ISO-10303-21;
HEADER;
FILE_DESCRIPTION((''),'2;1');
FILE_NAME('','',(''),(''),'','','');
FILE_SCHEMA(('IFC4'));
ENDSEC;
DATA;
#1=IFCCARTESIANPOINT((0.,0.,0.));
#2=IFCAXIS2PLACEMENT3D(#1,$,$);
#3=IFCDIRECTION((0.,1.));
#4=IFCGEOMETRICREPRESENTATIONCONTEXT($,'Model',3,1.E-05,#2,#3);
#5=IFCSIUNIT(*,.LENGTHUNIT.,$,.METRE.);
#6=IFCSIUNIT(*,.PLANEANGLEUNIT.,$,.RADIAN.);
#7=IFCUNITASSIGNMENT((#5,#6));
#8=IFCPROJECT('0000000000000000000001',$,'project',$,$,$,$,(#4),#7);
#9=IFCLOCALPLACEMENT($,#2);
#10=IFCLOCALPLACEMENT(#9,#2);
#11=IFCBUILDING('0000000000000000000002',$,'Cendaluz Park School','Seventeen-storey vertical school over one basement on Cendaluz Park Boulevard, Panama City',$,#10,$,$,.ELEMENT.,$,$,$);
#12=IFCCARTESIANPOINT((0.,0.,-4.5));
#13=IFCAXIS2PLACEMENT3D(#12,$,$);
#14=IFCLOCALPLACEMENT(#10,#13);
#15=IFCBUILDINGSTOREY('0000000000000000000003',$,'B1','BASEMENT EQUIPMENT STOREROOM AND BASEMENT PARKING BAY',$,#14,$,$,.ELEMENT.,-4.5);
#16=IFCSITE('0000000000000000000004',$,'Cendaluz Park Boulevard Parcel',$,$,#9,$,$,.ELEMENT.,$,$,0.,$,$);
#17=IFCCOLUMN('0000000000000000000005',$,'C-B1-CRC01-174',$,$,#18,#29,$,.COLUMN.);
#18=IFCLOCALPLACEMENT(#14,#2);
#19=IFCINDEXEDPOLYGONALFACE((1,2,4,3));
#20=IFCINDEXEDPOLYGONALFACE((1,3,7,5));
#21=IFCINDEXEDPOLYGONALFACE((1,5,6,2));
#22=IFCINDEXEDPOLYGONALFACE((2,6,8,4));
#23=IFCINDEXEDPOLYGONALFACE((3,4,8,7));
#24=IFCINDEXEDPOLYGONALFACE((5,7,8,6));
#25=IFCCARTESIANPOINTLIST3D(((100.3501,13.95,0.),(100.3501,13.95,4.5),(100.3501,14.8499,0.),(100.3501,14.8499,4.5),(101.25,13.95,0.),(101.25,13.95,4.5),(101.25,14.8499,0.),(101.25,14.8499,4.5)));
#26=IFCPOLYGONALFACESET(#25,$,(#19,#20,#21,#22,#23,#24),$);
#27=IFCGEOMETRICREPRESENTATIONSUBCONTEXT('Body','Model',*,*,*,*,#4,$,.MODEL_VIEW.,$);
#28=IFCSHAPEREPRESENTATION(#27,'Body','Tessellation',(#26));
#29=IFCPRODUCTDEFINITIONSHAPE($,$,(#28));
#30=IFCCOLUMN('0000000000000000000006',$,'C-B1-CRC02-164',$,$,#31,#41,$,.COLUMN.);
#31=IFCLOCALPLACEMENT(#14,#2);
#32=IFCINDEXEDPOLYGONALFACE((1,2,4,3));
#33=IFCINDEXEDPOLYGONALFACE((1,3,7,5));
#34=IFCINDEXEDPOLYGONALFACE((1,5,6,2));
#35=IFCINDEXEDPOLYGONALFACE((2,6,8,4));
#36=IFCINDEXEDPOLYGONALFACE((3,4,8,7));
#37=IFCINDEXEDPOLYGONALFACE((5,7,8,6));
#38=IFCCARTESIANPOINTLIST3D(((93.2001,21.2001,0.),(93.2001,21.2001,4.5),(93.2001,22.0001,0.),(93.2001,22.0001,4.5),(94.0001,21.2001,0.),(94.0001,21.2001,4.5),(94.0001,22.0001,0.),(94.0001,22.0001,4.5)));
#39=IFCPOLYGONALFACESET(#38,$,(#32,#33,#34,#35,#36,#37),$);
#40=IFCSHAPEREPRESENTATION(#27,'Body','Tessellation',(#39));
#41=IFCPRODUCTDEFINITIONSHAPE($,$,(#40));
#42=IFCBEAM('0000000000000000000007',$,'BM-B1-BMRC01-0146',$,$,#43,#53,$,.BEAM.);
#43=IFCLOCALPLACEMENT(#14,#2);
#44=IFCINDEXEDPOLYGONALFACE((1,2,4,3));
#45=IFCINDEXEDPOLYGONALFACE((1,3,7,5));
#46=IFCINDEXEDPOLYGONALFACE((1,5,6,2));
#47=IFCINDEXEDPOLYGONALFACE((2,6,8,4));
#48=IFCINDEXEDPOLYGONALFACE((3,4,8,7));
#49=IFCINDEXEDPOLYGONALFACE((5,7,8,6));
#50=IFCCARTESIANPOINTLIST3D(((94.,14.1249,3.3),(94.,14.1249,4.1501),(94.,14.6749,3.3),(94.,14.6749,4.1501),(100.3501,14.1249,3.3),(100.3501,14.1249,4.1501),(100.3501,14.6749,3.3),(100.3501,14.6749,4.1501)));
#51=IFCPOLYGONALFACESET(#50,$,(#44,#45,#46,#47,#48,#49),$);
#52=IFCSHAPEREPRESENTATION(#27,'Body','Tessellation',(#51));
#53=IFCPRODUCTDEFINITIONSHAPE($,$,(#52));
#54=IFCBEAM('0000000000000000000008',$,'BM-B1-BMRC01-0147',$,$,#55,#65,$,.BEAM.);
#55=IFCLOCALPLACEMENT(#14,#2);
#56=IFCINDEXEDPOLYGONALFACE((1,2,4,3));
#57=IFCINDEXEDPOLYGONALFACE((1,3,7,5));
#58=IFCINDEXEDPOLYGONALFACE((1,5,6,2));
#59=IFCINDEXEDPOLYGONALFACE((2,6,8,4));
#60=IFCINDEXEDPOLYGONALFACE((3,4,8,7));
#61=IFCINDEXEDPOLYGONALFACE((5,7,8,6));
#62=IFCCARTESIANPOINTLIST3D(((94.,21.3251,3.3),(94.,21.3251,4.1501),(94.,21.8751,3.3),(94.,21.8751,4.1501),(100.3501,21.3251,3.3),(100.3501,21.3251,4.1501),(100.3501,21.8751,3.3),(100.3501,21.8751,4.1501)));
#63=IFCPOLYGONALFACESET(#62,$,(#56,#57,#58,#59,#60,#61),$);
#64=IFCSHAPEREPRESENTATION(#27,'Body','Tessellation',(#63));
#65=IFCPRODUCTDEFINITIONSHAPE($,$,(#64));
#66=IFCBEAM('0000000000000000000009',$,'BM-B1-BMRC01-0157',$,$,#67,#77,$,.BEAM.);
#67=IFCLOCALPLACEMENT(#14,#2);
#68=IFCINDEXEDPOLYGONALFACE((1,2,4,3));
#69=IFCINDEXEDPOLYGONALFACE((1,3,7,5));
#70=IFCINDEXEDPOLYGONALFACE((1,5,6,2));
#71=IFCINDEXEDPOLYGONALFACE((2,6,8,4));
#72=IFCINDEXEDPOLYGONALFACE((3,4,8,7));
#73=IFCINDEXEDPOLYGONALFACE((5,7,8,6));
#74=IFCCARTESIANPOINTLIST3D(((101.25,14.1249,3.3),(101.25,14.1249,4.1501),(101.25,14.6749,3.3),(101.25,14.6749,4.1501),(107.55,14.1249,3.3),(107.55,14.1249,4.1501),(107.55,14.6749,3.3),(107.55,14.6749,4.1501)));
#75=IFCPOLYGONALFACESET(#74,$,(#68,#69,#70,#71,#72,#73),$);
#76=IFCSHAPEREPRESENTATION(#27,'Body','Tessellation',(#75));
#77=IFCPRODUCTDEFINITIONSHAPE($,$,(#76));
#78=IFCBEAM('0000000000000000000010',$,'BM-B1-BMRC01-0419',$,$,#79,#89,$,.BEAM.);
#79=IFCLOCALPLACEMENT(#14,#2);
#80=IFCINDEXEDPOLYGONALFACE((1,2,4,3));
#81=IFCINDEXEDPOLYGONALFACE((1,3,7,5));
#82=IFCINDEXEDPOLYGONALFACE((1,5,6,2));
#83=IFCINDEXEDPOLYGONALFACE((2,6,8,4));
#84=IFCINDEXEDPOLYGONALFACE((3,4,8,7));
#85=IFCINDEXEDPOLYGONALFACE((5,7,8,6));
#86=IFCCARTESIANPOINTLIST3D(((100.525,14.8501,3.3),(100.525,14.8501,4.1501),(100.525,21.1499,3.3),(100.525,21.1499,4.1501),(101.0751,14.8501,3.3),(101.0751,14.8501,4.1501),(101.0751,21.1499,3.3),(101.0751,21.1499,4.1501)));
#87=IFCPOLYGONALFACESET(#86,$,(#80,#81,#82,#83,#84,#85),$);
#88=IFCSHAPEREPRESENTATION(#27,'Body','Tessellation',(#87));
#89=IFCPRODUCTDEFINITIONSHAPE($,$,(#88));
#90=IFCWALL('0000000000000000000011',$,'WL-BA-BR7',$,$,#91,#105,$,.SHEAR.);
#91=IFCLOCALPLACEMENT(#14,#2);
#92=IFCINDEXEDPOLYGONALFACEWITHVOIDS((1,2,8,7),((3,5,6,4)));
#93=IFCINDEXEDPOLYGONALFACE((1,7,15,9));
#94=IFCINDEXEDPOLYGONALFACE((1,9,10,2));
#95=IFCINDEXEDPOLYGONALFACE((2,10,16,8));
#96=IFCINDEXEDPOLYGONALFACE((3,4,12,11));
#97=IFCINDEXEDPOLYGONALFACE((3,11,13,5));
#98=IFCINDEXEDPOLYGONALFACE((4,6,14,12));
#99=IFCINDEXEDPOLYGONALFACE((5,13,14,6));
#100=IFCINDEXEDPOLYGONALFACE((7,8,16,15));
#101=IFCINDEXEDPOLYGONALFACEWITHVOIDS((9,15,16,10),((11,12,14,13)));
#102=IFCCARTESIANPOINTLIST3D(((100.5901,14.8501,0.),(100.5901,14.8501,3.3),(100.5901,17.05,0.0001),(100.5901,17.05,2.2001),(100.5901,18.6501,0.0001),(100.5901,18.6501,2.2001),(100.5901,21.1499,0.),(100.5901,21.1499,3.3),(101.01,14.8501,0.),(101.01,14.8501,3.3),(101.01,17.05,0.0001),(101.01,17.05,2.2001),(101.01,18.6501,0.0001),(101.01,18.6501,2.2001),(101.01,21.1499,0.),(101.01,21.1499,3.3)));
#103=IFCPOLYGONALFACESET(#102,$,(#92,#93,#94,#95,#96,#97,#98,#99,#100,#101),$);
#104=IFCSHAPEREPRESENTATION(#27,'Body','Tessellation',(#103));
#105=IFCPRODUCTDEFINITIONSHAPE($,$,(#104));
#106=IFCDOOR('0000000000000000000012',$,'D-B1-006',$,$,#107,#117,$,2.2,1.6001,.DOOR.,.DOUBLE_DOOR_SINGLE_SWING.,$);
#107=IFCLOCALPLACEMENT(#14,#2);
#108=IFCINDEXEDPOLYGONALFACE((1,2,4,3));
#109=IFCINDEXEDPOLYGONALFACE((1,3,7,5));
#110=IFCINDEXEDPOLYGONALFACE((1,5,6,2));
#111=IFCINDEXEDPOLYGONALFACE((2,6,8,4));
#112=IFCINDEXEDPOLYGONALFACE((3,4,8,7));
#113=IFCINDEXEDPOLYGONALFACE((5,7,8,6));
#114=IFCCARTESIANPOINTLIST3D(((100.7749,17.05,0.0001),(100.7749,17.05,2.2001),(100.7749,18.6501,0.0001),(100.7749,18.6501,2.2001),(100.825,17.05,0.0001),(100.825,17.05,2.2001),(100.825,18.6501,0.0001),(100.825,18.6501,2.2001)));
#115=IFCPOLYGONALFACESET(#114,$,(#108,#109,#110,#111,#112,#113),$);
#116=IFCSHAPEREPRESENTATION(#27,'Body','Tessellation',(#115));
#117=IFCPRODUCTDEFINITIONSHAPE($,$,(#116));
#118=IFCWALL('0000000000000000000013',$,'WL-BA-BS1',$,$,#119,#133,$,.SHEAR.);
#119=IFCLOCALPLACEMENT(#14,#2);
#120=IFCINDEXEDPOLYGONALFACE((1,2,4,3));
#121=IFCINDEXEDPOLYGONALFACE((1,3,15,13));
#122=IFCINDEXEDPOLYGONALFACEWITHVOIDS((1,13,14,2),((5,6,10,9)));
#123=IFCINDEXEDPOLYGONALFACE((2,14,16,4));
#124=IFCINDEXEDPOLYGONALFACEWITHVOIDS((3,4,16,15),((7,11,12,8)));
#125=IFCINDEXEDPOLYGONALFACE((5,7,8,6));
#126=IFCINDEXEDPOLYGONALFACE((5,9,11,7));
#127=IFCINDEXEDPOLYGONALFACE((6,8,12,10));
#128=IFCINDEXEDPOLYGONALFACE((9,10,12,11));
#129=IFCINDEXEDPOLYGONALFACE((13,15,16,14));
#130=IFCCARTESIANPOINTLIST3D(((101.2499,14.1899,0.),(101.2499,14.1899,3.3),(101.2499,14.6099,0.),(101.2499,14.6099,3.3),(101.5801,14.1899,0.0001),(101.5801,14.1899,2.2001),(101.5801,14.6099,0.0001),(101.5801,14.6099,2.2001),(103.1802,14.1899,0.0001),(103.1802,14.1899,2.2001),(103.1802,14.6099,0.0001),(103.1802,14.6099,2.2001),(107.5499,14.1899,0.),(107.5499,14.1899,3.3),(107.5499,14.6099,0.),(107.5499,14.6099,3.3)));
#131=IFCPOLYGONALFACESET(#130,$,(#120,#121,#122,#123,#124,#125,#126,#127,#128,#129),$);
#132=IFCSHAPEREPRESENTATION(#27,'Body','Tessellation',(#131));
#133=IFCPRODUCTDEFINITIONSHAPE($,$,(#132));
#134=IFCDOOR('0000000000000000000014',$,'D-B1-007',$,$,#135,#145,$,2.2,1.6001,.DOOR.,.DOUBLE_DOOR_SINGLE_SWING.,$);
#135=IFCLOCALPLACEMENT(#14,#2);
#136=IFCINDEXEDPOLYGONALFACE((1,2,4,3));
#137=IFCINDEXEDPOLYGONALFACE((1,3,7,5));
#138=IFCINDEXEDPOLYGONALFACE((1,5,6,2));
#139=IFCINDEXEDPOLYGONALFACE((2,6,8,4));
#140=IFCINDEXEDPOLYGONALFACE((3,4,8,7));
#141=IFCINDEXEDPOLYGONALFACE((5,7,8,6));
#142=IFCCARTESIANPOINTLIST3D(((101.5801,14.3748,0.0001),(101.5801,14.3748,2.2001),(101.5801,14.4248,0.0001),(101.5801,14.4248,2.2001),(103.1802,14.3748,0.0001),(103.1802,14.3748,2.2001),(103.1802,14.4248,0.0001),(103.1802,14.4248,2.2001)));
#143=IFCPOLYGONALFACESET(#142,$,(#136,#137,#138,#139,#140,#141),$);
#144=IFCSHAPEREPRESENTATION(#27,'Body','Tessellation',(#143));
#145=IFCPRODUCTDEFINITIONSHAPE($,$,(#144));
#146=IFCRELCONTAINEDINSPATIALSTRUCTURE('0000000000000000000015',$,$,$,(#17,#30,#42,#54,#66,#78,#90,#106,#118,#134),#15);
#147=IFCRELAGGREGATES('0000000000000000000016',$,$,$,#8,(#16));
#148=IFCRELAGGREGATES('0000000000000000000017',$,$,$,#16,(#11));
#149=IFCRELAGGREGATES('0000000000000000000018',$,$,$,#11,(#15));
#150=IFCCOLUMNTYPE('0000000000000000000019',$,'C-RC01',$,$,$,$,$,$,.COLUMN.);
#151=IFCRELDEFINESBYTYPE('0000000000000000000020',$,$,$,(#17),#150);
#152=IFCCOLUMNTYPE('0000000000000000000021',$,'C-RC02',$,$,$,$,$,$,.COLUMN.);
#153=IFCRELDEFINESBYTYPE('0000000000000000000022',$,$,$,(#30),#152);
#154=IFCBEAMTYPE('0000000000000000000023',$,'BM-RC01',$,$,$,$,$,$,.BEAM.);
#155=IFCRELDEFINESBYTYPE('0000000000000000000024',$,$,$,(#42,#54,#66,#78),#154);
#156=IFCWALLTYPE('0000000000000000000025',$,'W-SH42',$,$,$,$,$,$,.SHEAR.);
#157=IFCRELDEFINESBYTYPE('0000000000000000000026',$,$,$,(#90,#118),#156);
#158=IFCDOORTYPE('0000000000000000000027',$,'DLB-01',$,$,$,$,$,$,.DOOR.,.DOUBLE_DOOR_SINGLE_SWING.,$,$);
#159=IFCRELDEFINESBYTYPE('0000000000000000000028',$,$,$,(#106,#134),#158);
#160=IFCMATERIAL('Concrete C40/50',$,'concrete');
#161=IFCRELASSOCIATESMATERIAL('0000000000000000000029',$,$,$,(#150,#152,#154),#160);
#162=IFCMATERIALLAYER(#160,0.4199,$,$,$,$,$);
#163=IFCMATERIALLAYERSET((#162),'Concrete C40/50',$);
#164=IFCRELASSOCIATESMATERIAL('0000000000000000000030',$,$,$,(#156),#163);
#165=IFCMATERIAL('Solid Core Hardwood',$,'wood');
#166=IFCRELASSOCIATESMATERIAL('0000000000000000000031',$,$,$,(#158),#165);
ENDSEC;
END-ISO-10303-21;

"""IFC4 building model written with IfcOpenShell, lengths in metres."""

from ifc_helpers import new_model, si_unit, direction, frame, frame_2d, origin, origin_2d, place, context, subcontext, project, spatial, rectangle, extrude, material, layer, layer_set, material_profile, profile_set, type_object, element, fill, save


model = new_model("IFC4")

# Units and contexts
model_context = context("Model", 3, precision=1e-05, world=origin(), true_north=direction((0.0, 1.0)))
body_context = subcontext(model_context, "Body", "Model", "MODEL_VIEW")
ifc_project = project(units=[si_unit("LENGTHUNIT", "METRE"), si_unit("PLANEANGLEUNIT", "RADIAN")], contexts=[model_context])

# Site, building, storey
site_placement = place(None, origin())
site = spatial("IfcSite", under=ifc_project, at=site_placement, Name="Cendaluz Park Boulevard Parcel", CompositionType="ELEMENT", RefElevation=0.0)
building_placement = place(site_placement, origin())
building = spatial("IfcBuilding", under=site, at=building_placement, Name="Cendaluz Park School", Description="Seventeen-storey vertical school over one basement on Cendaluz Park Boulevard, Panama City", CompositionType="ELEMENT")
storey_placement = place(building_placement, frame((0.0, 0.0, -4.5)))
storey = spatial("IfcBuildingStorey", under=building, at=storey_placement, Name="B1", Description="BASEMENT EQUIPMENT STOREROOM AND BASEMENT PARKING BAY", CompositionType="ELEMENT", Elevation=-4.5)

# Shared definitions
ifc_material_1 = material(Name="Concrete C40/50", Category="concrete")

# Columns
ifc_material_profile_1 = material_profile(ifc_material_1, rectangle(XDim=0.8999, YDim=0.8999, at=origin_2d()), Name="RC 900x900", Category="concrete")
ifc_profile_set_1 = profile_set([ifc_material_profile_1], Name="Concrete C40/50")
column_type_1 = type_object("IfcColumnType", Name="C-RC01", PredefinedType="COLUMN", material=ifc_profile_set_1)
column_1_placement = place(storey_placement, frame((100.8, 14.3999, 0.0), z_axis=(0.0, 0.0, 1.0), x_axis=(1.0, 0.0, 0.0)))
element("IfcColumn", 1, at=column_1_placement, inside=storey, type_object=column_type_1, Name="C-B1-CRC01-174", PredefinedType="COLUMN", context=body_context, shape_type="SweptSolid", body=[
    extrude(rectangle(XDim=0.8999, YDim=0.8999, at=origin_2d()), origin(), (0.0, 0.0, 1.0), 4.5),
])
ifc_material_profile_2 = material_profile(ifc_material_1, rectangle(XDim=0.8, YDim=0.8, at=origin_2d()), Name="RC 800x800", Category="concrete")
ifc_profile_set_2 = profile_set([ifc_material_profile_2], Name="Concrete C40/50")
column_type_2 = type_object("IfcColumnType", Name="C-RC02", PredefinedType="COLUMN", material=ifc_profile_set_2)
column_2_placement = place(storey_placement, frame((93.6001, 21.6001, 0.0), z_axis=(0.0, 0.0, 1.0), x_axis=(1.0, 0.0, 0.0)))
element("IfcColumn", 2, at=column_2_placement, inside=storey, type_object=column_type_2, Name="C-B1-CRC02-164", PredefinedType="COLUMN", context=body_context, shape_type="SweptSolid", body=[
    extrude(rectangle(XDim=0.8, YDim=0.8, at=origin_2d()), origin(), (0.0, 0.0, 1.0), 4.5),
])

# Beams
ifc_material_profile_3 = material_profile(ifc_material_1, rectangle(XDim=0.55, YDim=0.8501, at=origin_2d()), Name="RC 550x850", Category="concrete")
ifc_profile_set_3 = profile_set([ifc_material_profile_3], Name="Concrete C40/50")
beam_type = type_object("IfcBeamType", Name="BM-RC01", PredefinedType="BEAM", material=ifc_profile_set_3)
for number, where, z_axis, x_axis, name in (
    (3, (94.0, 14.3999, 3.7251), (1.0, 0.0, 0.0), (0.0, 1.0, 0.0), "BM-B1-BMRC01-0146"),
    (4, (94.0, 21.6001, 3.7251), (1.0, 0.0, 0.0), (0.0, 1.0, 0.0), "BM-B1-BMRC01-0147"),
):
    element("IfcBeam", number, at=place(storey_placement, frame(where, z_axis=z_axis, x_axis=x_axis)), inside=storey, type_object=beam_type, Name=name, PredefinedType="BEAM", context=body_context, shape_type="SweptSolid", body=[
        extrude(rectangle(XDim=0.55, YDim=0.8501, at=origin_2d()), origin(), (0.0, 0.0, 1.0), 6.3501),
    ])
beam_1_placement = place(storey_placement, frame((101.25, 14.3999, 3.7251), z_axis=(1.0, 0.0, 0.0), x_axis=(0.0, 1.0, 0.0)))
element("IfcBeam", 5, at=beam_1_placement, inside=storey, type_object=beam_type, Name="BM-B1-BMRC01-0157", PredefinedType="BEAM", context=body_context, shape_type="SweptSolid", body=[
    extrude(rectangle(XDim=0.55, YDim=0.8501, at=origin_2d()), origin(), (0.0, 0.0, 1.0), 6.3),
])
beam_2_placement = place(storey_placement, frame((100.8, 14.8501, 3.7251), z_axis=(0.0, 1.0, 0.0), x_axis=(-1.0, 0.0, 0.0)))
element("IfcBeam", 6, at=beam_2_placement, inside=storey, type_object=beam_type, Name="BM-B1-BMRC01-0419", PredefinedType="BEAM", context=body_context, shape_type="SweptSolid", body=[
    extrude(rectangle(XDim=0.55, YDim=0.8501, at=origin_2d()), origin(), (0.0, 0.0, 1.0), 6.2998),
])

# Walls, openings, doors
ifc_layer = layer(ifc_material_1, 0.4199)
ifc_layer_set = layer_set([ifc_layer], Name="Concrete C40/50")
wall_type = type_object("IfcWallType", Name="W-SH42", PredefinedType="SHEAR", material=ifc_layer_set)
wall_1_placement = place(storey_placement, frame((100.8, 14.8501, 0.0), z_axis=(0.0, 0.0, 1.0), x_axis=(0.0, 1.0, 0.0)))
wall_1 = element("IfcWall", 7, at=wall_1_placement, inside=storey, type_object=wall_type, Name="WL-BA-BR7", PredefinedType="SHEAR", context=body_context, shape_type="SweptSolid", body=[
    extrude(rectangle(XDim=6.2998, YDim=0.4199, at=frame_2d((3.1499, 0.0))), origin(), (0.0, 0.0, 1.0), 3.3),
])
opening_1_placement = place(wall_1_placement, frame((2.2, 0.0, 0.0)))
opening_1 = element("IfcOpeningElement", 8, at=opening_1_placement, cuts=wall_1, PredefinedType="OPENING", context=body_context, shape_type="SweptSolid", body=[
    extrude(rectangle(XDim=1.6001, YDim=2.2, at=frame_2d((0.8, 1.1001))), frame((0.0, 0.2219, 0.0), z_axis=(0.0, -1.0, 0.0), x_axis=(1.0, 0.0, 0.0)), (0.0, 0.0, 1.0), 0.4438),
])
ifc_material_2 = material(Name="Solid Core Hardwood", Category="wood")
door_type = type_object("IfcDoorType", Name="DLB-01", OperationType="DOUBLE_DOOR_SINGLE_SWING", PredefinedType="DOOR", material=ifc_material_2)
door_1_placement = place(opening_1_placement, frame((1.6001, 0.0, 0.0), z_axis=(0.0, 0.0, 1.0), x_axis=(-1.0, 0.0, 0.0)))
door_1 = element("IfcDoor", 9, at=door_1_placement, inside=storey, type_object=door_type, Name="D-B1-006", OperationType="DOUBLE_DOOR_SINGLE_SWING", OverallHeight=2.2, OverallWidth=1.6001, PredefinedType="DOOR", context=body_context, shape_type="SweptSolid", body=[
    extrude(rectangle(XDim=1.6001, YDim=2.2, at=frame_2d((0.8, 1.1001))), frame((0.0, 0.0249, 0.0), z_axis=(0.0, -1.0, 0.0), x_axis=(1.0, 0.0, 0.0)), (0.0, 0.0, 1.0), 0.05),
])
fill(opening_1, door_1)
wall_2_placement = place(storey_placement, frame((101.25, 14.3999, 0.0), z_axis=(0.0, 0.0, 1.0), x_axis=(1.0, 0.0, 0.0)))
wall_2 = element("IfcWall", 10, at=wall_2_placement, inside=storey, type_object=wall_type, Name="WL-BA-BS1", PredefinedType="SHEAR", context=body_context, shape_type="SweptSolid", body=[
    extrude(rectangle(XDim=6.3, YDim=0.4199, at=frame_2d((3.1499, 0.0))), origin(), (0.0, 0.0, 1.0), 3.3),
])
opening_2_placement = place(wall_2_placement, frame((0.3301, 0.0, 0.0)))
opening_2 = element("IfcOpeningElement", 11, at=opening_2_placement, cuts=wall_2, PredefinedType="OPENING", context=body_context, shape_type="SweptSolid", body=[
    extrude(rectangle(XDim=1.6001, YDim=2.2, at=frame_2d((0.8, 1.1001))), frame((0.0, 0.2219, 0.0), z_axis=(0.0, -1.0, 0.0), x_axis=(1.0, 0.0, 0.0)), (0.0, 0.0, 1.0), 0.4438),
])
door_2_placement = place(opening_2_placement, origin())
door_2 = element("IfcDoor", 12, at=door_2_placement, inside=storey, type_object=door_type, Name="D-B1-007", OperationType="DOUBLE_DOOR_SINGLE_SWING", OverallHeight=2.2, OverallWidth=1.6001, PredefinedType="DOOR", context=body_context, shape_type="SweptSolid", body=[
    extrude(rectangle(XDim=1.6001, YDim=2.2, at=frame_2d((0.8, 1.1001))), frame((0.0, 0.0249, 0.0), z_axis=(0.0, -1.0, 0.0), x_axis=(1.0, 0.0, 0.0)), (0.0, 0.0, 1.0), 0.05),
])
fill(opening_2, door_2)

save(model, "model.ifc")
